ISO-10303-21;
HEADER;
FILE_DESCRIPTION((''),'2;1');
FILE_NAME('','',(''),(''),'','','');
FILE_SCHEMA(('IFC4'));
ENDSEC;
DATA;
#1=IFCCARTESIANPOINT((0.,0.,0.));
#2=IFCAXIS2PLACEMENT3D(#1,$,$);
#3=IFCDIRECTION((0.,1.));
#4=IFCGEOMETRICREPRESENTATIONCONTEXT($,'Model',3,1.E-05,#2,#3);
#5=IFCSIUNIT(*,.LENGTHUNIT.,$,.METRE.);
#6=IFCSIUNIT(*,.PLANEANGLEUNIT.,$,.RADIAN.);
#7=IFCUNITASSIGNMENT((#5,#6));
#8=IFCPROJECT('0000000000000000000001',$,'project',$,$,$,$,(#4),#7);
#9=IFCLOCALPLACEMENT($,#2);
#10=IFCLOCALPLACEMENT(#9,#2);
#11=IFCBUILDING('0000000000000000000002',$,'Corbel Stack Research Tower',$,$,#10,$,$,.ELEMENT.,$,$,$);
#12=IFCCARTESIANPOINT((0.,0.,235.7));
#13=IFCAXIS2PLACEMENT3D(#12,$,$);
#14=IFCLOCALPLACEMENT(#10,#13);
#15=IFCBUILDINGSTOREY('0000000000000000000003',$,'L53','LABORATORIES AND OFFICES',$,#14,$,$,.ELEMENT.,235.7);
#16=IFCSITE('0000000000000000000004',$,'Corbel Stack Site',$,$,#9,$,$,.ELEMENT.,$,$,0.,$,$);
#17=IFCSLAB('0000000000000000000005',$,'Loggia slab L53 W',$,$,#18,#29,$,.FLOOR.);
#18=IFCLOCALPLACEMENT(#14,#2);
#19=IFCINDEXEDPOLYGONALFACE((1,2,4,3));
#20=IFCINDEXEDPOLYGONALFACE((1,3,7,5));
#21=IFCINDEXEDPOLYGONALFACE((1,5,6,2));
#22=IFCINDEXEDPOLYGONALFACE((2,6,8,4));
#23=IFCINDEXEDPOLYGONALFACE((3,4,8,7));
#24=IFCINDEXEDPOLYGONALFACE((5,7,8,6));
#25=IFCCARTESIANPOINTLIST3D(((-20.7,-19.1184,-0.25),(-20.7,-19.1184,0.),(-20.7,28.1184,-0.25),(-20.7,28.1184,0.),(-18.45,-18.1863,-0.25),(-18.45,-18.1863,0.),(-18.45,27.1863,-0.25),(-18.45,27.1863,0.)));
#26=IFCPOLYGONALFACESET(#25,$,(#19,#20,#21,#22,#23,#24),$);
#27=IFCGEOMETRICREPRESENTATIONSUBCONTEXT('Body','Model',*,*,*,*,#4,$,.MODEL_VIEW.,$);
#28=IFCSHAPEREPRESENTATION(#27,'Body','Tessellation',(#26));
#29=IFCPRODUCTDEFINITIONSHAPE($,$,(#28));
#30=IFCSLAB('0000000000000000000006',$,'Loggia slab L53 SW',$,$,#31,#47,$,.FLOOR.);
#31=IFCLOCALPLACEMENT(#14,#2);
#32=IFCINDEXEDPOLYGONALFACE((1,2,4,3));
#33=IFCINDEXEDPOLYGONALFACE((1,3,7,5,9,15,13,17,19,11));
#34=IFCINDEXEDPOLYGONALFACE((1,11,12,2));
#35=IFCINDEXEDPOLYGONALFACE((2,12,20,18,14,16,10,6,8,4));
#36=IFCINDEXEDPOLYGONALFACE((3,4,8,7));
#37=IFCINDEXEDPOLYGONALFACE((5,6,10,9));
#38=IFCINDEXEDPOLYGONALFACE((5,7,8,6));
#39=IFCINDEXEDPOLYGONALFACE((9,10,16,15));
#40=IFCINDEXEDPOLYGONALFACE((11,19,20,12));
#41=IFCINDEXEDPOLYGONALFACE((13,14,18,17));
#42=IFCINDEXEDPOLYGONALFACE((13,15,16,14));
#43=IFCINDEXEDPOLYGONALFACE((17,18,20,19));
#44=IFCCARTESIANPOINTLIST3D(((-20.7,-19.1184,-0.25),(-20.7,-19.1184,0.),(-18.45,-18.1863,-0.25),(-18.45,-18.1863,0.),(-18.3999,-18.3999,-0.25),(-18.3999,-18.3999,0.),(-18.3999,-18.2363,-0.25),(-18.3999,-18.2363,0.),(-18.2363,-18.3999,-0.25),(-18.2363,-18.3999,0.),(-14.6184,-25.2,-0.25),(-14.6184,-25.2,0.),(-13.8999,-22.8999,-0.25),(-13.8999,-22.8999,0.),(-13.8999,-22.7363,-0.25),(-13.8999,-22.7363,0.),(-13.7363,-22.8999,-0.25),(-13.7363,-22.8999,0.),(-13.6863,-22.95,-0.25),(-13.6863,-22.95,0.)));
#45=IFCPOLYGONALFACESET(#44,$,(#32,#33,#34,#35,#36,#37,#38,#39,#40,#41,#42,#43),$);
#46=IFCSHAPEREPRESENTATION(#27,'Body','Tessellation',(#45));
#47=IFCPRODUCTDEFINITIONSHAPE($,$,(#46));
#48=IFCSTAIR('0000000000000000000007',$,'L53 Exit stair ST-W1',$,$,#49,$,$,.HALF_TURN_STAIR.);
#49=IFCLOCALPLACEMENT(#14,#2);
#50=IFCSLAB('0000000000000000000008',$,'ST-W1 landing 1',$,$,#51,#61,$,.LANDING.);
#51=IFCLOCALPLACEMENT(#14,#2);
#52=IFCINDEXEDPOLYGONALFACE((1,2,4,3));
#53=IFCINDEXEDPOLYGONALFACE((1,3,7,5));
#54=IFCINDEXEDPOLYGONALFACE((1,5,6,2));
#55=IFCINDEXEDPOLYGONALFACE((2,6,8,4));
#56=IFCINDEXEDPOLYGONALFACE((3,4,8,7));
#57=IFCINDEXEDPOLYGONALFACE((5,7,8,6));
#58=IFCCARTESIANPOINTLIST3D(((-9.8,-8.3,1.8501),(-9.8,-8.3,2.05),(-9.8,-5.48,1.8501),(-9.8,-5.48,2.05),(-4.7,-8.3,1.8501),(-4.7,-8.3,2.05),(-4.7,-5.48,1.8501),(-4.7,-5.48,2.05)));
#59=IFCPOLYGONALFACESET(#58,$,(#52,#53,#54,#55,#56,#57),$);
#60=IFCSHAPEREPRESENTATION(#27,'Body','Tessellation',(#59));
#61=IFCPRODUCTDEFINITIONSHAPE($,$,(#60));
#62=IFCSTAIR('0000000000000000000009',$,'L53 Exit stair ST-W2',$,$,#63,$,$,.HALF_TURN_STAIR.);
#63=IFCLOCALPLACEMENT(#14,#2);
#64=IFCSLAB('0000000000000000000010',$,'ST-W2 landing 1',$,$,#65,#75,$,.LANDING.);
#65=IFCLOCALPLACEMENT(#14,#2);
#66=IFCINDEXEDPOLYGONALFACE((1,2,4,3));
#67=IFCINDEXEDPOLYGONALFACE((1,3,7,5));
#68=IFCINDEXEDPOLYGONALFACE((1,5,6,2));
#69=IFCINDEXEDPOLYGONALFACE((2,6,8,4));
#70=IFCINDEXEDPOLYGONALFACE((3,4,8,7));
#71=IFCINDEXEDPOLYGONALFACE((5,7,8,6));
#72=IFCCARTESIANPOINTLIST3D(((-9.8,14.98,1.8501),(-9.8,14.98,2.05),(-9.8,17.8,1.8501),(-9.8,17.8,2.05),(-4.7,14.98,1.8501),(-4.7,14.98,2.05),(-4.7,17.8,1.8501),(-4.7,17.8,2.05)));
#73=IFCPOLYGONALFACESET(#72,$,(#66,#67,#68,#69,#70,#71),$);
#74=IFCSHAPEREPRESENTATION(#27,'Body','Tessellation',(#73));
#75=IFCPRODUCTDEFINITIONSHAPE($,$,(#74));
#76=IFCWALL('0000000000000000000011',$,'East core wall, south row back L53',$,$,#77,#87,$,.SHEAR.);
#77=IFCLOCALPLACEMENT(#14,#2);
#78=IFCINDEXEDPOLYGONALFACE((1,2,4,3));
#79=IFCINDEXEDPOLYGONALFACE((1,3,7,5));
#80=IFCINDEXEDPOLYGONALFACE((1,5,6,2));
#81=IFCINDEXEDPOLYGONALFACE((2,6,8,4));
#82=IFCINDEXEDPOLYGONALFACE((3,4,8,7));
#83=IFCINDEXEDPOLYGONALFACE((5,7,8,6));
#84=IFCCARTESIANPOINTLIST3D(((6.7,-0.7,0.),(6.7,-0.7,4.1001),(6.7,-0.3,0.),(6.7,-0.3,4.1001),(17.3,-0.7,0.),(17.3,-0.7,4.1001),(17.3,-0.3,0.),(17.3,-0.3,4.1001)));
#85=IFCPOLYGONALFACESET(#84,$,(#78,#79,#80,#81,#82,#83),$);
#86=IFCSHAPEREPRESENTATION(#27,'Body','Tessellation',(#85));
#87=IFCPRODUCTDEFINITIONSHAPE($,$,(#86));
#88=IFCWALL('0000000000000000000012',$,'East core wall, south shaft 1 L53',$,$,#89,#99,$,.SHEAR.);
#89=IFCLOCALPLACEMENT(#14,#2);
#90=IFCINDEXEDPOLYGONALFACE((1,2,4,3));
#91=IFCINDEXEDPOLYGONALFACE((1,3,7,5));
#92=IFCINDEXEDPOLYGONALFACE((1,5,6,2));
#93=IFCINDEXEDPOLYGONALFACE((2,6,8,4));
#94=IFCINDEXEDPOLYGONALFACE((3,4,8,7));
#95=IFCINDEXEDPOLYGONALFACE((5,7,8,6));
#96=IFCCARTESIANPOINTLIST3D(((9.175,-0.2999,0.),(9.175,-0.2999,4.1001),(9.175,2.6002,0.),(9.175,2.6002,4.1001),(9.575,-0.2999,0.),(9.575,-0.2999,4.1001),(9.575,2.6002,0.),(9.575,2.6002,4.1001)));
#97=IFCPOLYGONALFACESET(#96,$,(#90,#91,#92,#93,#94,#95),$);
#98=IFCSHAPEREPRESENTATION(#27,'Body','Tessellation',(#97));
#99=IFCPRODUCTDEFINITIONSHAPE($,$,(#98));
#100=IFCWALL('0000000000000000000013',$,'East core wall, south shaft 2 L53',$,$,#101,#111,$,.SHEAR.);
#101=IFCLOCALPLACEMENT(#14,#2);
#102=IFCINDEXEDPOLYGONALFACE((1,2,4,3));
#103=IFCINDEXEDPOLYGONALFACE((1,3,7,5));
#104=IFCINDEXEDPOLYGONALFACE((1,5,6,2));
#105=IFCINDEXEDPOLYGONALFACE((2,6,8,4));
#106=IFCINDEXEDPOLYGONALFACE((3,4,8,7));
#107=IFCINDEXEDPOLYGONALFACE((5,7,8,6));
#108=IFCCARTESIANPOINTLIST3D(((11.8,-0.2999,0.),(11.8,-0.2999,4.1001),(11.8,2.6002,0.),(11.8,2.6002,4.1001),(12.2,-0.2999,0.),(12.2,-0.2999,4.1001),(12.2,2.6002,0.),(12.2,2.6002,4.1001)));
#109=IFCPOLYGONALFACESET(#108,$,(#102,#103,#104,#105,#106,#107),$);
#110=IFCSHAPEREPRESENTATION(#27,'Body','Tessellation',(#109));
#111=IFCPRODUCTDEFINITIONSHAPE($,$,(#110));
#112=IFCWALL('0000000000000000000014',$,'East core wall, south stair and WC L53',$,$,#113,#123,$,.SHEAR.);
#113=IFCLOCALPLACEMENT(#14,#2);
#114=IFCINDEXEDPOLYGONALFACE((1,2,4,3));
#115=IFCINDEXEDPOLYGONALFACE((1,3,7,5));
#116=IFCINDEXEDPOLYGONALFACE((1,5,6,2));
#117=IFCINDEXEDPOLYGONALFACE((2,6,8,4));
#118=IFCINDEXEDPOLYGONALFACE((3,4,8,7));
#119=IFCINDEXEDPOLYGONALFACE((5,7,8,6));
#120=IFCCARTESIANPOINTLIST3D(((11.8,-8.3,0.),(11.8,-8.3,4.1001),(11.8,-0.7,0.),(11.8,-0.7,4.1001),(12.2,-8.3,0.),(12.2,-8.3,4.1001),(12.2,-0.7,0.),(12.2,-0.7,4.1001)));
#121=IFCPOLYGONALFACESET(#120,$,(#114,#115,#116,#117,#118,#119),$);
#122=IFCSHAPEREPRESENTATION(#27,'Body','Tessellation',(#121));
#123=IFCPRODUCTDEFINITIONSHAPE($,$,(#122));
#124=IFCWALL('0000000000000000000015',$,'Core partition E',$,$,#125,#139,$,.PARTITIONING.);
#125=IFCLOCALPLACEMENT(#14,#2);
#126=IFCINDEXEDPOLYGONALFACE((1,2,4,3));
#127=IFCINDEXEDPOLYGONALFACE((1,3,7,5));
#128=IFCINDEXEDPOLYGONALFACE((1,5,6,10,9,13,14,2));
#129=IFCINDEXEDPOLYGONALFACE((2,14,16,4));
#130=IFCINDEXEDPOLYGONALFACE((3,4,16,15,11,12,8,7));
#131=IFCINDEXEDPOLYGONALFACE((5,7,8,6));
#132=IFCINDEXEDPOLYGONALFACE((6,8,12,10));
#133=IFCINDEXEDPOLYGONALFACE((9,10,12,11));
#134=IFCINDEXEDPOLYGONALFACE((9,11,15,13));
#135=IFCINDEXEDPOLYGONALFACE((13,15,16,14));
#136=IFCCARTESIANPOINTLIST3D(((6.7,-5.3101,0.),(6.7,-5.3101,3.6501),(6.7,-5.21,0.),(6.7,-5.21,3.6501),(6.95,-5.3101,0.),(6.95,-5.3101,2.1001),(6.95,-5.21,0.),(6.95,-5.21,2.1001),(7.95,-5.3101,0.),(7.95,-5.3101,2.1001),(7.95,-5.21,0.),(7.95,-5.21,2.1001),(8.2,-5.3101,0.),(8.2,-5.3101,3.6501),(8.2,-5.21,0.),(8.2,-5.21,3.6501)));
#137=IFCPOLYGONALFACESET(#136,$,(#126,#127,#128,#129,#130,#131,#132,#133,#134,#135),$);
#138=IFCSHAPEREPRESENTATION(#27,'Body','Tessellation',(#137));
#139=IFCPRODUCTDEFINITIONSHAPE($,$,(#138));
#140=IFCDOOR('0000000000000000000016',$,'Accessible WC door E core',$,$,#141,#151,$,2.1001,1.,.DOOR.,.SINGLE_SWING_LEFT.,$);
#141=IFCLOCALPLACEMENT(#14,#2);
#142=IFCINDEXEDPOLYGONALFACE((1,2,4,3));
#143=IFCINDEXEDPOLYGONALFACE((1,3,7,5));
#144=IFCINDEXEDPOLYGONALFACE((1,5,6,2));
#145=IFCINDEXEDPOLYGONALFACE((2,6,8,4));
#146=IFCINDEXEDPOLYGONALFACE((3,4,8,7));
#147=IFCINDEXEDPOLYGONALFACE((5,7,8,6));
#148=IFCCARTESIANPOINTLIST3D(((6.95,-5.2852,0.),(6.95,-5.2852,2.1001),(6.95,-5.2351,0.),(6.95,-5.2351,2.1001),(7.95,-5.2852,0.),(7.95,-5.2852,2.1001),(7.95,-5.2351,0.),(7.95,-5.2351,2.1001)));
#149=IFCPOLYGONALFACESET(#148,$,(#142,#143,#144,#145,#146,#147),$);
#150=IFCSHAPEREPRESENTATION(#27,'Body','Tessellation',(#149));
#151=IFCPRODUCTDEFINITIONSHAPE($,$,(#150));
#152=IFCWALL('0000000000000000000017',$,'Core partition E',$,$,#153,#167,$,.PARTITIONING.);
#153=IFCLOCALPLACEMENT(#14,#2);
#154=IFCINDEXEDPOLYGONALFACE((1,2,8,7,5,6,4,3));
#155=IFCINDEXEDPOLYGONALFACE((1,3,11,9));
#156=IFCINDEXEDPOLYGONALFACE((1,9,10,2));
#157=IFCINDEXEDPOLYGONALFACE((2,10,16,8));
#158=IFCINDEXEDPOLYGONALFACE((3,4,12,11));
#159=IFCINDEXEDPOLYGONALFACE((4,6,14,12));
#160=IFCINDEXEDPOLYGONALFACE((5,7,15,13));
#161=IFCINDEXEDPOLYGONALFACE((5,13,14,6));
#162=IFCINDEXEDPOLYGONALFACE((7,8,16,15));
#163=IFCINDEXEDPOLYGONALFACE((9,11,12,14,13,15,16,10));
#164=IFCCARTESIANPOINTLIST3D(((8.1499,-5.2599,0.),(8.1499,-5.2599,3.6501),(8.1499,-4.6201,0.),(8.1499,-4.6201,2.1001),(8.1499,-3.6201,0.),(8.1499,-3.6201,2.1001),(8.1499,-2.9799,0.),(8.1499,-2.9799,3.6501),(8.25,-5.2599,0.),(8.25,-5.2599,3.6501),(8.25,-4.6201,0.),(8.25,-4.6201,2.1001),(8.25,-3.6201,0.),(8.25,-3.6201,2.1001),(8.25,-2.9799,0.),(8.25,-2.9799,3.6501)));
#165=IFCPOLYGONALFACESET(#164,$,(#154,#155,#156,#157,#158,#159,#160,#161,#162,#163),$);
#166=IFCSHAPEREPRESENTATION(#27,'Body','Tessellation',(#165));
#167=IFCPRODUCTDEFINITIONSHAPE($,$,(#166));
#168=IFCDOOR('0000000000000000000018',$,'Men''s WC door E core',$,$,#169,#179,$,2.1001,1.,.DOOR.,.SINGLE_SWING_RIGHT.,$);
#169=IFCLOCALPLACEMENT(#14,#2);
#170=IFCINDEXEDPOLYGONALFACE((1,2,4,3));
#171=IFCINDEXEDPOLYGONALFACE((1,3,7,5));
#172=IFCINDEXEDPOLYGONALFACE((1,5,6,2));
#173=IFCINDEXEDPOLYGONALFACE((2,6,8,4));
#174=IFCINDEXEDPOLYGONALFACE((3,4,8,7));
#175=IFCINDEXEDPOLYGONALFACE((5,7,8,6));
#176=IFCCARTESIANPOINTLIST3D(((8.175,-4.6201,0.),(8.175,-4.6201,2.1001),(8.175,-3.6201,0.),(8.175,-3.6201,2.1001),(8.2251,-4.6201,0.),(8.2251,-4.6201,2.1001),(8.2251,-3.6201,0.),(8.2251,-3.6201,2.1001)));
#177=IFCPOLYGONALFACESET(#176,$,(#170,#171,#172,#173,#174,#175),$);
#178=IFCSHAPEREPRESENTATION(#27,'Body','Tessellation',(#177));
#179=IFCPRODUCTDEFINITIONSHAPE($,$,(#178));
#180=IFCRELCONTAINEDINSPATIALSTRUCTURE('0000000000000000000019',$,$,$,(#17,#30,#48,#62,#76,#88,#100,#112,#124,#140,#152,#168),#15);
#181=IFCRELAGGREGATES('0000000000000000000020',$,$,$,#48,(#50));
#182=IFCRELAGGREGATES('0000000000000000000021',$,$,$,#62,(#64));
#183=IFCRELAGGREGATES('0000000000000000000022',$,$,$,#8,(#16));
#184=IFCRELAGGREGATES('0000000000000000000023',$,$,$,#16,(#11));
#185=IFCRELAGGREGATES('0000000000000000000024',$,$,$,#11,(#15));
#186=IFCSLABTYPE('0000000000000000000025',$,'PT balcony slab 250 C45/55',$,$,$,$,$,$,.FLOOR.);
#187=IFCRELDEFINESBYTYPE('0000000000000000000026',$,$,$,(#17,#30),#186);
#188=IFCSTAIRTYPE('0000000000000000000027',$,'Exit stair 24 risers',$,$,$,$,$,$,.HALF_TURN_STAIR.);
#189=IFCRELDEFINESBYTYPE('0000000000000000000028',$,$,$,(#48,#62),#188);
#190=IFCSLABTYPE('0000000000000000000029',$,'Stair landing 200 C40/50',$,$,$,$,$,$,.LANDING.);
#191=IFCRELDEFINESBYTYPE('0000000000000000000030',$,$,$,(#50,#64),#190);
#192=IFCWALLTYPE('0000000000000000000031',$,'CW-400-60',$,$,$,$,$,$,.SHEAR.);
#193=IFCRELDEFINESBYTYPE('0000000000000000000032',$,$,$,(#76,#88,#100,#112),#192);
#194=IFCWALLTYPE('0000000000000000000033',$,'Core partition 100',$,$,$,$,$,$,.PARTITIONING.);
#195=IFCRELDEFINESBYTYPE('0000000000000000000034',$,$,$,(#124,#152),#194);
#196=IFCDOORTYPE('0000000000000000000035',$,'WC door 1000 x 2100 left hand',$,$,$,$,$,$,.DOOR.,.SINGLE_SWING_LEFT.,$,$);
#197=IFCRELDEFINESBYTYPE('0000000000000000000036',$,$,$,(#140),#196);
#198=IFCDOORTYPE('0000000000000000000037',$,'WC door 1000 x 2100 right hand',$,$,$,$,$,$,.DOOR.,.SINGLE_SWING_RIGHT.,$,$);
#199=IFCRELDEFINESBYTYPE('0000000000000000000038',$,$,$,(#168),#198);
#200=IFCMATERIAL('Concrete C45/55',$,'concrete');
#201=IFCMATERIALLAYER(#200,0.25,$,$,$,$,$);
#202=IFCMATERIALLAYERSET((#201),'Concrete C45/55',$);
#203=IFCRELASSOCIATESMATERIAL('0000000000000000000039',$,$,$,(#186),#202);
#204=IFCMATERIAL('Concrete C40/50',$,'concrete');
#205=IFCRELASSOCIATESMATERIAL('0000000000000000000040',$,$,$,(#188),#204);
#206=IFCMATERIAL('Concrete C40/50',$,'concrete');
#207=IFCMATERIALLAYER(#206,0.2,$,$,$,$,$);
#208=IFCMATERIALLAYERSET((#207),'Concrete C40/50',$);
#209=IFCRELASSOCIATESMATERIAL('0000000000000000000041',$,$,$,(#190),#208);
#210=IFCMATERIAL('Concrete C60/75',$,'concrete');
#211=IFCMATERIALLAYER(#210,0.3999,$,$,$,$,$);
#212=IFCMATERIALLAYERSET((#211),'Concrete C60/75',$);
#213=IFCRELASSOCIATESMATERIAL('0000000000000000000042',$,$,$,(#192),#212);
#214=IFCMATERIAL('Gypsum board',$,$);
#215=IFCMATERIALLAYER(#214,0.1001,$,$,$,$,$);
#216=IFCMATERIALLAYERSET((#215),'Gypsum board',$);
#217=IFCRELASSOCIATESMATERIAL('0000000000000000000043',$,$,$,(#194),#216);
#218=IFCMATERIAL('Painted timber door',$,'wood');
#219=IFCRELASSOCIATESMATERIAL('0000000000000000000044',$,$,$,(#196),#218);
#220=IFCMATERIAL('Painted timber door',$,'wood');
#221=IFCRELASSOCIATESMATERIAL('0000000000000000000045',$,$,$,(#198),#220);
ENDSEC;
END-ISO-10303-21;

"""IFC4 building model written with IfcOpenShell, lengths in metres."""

from ifc_helpers import new_model, si_unit, direction, frame, frame_2d, origin, place, context, subcontext, project, spatial, polyline, rectangle, outline, extrude, material, layer, layer_set, type_object, element, fill, aggregate, save


model = new_model("IFC4")

# Units and contexts
model_context = context("Model", 3, precision=1e-05, world=origin(), true_north=direction((0.0, 1.0)))
body_context = subcontext(model_context, "Body", "Model", "MODEL_VIEW")
ifc_project = project(units=[si_unit("LENGTHUNIT", "METRE"), si_unit("PLANEANGLEUNIT", "RADIAN")], contexts=[model_context])

# Site, building, storey
site_placement = place(None, origin())
site = spatial("IfcSite", under=ifc_project, at=site_placement, Name="Corbel Stack Site", CompositionType="ELEMENT", RefElevation=0.0)
building_placement = place(site_placement, origin())
building = spatial("IfcBuilding", under=site, at=building_placement, Name="Corbel Stack Research Tower", CompositionType="ELEMENT")
storey_placement = place(building_placement, frame((0.0, 0.0, 235.7)))
storey = spatial("IfcBuildingStorey", under=building, at=storey_placement, Name="L53", Description="LABORATORIES AND OFFICES", CompositionType="ELEMENT", Elevation=235.7)

# Slabs
ifc_material_1 = material(Name="Concrete C45/55", Category="concrete")
ifc_layer_1 = layer(ifc_material_1, 0.25)
ifc_layer_set_1 = layer_set([ifc_layer_1], Name="Concrete C45/55")
slab_type_1 = type_object("IfcSlabType", Name="PT balcony slab 250 C45/55", PredefinedType="FLOOR", material=ifc_layer_set_1)
slab_1_placement = place(storey_placement, frame((0.0, 0.0, -0.25)))
element("IfcSlab", 1, at=slab_1_placement, inside=storey, type_object=slab_type_1, Name="Loggia slab L53 W", PredefinedType="FLOOR", context=body_context, shape_type="SweptSolid", body=[
    extrude(outline(polyline([(-18.45, -18.1863), (-18.45, 27.1863), (-20.7, 28.1184), (-20.7, -19.1184), (-18.45, -18.1863)])), origin(), (0.0, 0.0, 1.0), 0.25),
])
slab_2_placement = place(storey_placement, frame((0.0, 0.0, -0.25)))
element("IfcSlab", 2, at=slab_2_placement, inside=storey, type_object=slab_type_1, Name="Loggia slab L53 SW", PredefinedType="FLOOR", context=body_context, shape_type="SweptSolid", body=[
    extrude(outline(polyline([(-13.6863, -22.95), (-13.7363, -22.8999), (-13.8999, -22.8999), (-13.8999, -22.7363), (-18.2363, -18.3999), (-18.3999, -18.3999), (-18.3999, -18.2363), (-18.45, -18.1863), (-20.7, -19.1184), (-14.6184, -25.2), (-13.6863, -22.95)])), origin(), (0.0, 0.0, 1.0), 0.25),
])

# Stairs, slabs
ifc_material_2 = material(Name="Concrete C40/50", Category="concrete")
stair_type = type_object("IfcStairType", Name="Exit stair 24 risers", PredefinedType="HALF_TURN_STAIR", material=ifc_material_2)
stair_1_placement = place(storey_placement, origin())
stair_1 = element("IfcStair", 3, at=stair_1_placement, inside=storey, type_object=stair_type, Name="L53 Exit stair ST-W1", PredefinedType="HALF_TURN_STAIR")
ifc_material_3 = material(Name="Concrete C40/50", Category="concrete")
ifc_layer_2 = layer(ifc_material_3, 0.2)
ifc_layer_set_2 = layer_set([ifc_layer_2], Name="Concrete C40/50")
slab_type_2 = type_object("IfcSlabType", Name="Stair landing 200 C40/50", PredefinedType="LANDING", material=ifc_layer_set_2)
slab_3_placement = place(storey_placement, frame((0.0, 0.0, 1.8501)))
slab_3 = element("IfcSlab", 4, at=slab_3_placement, type_object=slab_type_2, Name="ST-W1 landing 1", PredefinedType="LANDING", context=body_context, shape_type="SweptSolid", body=[
    extrude(outline(polyline([(-9.8, -8.3), (-9.8, -5.48), (-4.7, -5.48), (-4.7, -8.3), (-9.8, -8.3)])), origin(), (0.0, 0.0, 1.0), 0.2),
])
aggregate(stair_1, [slab_3])
stair_2_placement = place(storey_placement, origin())
stair_2 = element("IfcStair", 5, at=stair_2_placement, inside=storey, type_object=stair_type, Name="L53 Exit stair ST-W2", PredefinedType="HALF_TURN_STAIR")
slab_4_placement = place(storey_placement, frame((0.0, 0.0, 1.8501)))
slab_4 = element("IfcSlab", 6, at=slab_4_placement, type_object=slab_type_2, Name="ST-W2 landing 1", PredefinedType="LANDING", context=body_context, shape_type="SweptSolid", body=[
    extrude(outline(polyline([(-9.8, 14.98), (-9.8, 17.8), (-4.7, 17.8), (-4.7, 14.98), (-9.8, 14.98)])), origin(), (0.0, 0.0, 1.0), 0.2),
])
aggregate(stair_2, [slab_4])

# Walls
ifc_material_4 = material(Name="Concrete C60/75", Category="concrete")
ifc_layer_3 = layer(ifc_material_4, 0.3999)
ifc_layer_set_3 = layer_set([ifc_layer_3], Name="Concrete C60/75")
wall_type_1 = type_object("IfcWallType", Name="CW-400-60", PredefinedType="SHEAR", material=ifc_layer_set_3)
wall_1_placement = place(storey_placement, frame((6.7, -0.5, 0.0), z_axis=(0.0, 0.0, 1.0), x_axis=(1.0, 0.0, 0.0)))
element("IfcWall", 7, at=wall_1_placement, inside=storey, type_object=wall_type_1, Name="East core wall, south row back L53", PredefinedType="SHEAR", context=body_context, shape_type="SweptSolid", body=[
    extrude(rectangle(XDim=10.6001, YDim=0.3999, at=frame_2d((5.3, 0.0))), origin(), (0.0, 0.0, 1.0), 4.1001),
])
for number, where, z_axis, x_axis, name in (
    (8, (9.375, -0.3, 0.0), (0.0, 0.0, 1.0), (0.0, 1.0, 0.0), "East core wall, south shaft 1 L53"),
    (9, (12.0, -0.3, 0.0), (0.0, 0.0, 1.0), (0.0, 1.0, 0.0), "East core wall, south shaft 2 L53"),
):
    element("IfcWall", number, at=place(storey_placement, frame(where, z_axis=z_axis, x_axis=x_axis)), inside=storey, type_object=wall_type_1, Name=name, PredefinedType="SHEAR", context=body_context, shape_type="SweptSolid", body=[
        extrude(rectangle(XDim=2.9001, YDim=0.3999, at=frame_2d((1.4502, 0.0))), origin(), (0.0, 0.0, 1.0), 4.1001),
    ])
wall_2_placement = place(storey_placement, frame((12.0, -8.3, 0.0), z_axis=(0.0, 0.0, 1.0), x_axis=(0.0, 1.0, 0.0)))
element("IfcWall", 10, at=wall_2_placement, inside=storey, type_object=wall_type_1, Name="East core wall, south stair and WC L53", PredefinedType="SHEAR", context=body_context, shape_type="SweptSolid", body=[
    extrude(rectangle(XDim=7.6001, YDim=0.3999, at=frame_2d((3.8, 0.0))), origin(), (0.0, 0.0, 1.0), 4.1001),
])

# Walls, openings, doors
ifc_material_5 = material(Name="Gypsum board")
ifc_layer_4 = layer(ifc_material_5, 0.1001)
ifc_layer_set_4 = layer_set([ifc_layer_4], Name="Gypsum board")
wall_type_2 = type_object("IfcWallType", Name="Core partition 100", PredefinedType="PARTITIONING", material=ifc_layer_set_4)
wall_3_placement = place(storey_placement, frame((6.7, -5.26, 0.0), z_axis=(0.0, 0.0, 1.0), x_axis=(1.0, 0.0, 0.0)))
wall_3 = element("IfcWall", 11, at=wall_3_placement, inside=storey, type_object=wall_type_2, Name="Core partition E", PredefinedType="PARTITIONING", context=body_context, shape_type="SweptSolid", body=[
    extrude(rectangle(XDim=1.5, YDim=0.1001, at=frame_2d((0.75, 0.0))), origin(), (0.0, 0.0, 1.0), 3.6501),
])
opening_1_placement = place(wall_3_placement, frame((0.25, 0.0, 0.0)))
opening_1 = element("IfcOpeningElement", 12, at=opening_1_placement, cuts=wall_3, PredefinedType="OPENING", context=body_context, shape_type="SweptSolid", body=[
    extrude(rectangle(XDim=1.0, YDim=2.1001, at=frame_2d((0.5, 1.05))), frame((0.0, 0.0601, 0.0), z_axis=(0.0, -1.0, 0.0), x_axis=(1.0, 0.0, 0.0)), (0.0, 0.0, 1.0), 0.1201),
])
ifc_material_6 = material(Name="Painted timber door", Category="wood")
door_type_1 = type_object("IfcDoorType", Name="WC door 1000 x 2100 left hand", OperationType="SINGLE_SWING_LEFT", PredefinedType="DOOR", material=ifc_material_6)
door_1_placement = place(opening_1_placement, origin())
door_1 = element("IfcDoor", 13, at=door_1_placement, inside=storey, type_object=door_type_1, Name="Accessible WC door E core", OperationType="SINGLE_SWING_LEFT", OverallHeight=2.1001, OverallWidth=1.0, PredefinedType="DOOR", context=body_context, shape_type="SweptSolid", body=[
    extrude(rectangle(XDim=1.0, YDim=2.1001, at=frame_2d((0.5, 1.05))), frame((0.0, 0.0249, 0.0), z_axis=(0.0, -1.0, 0.0), x_axis=(1.0, 0.0, 0.0)), (0.0, 0.0, 1.0), 0.05),
])
fill(opening_1, door_1)
wall_4_placement = place(storey_placement, frame((8.2, -5.26, 0.0), z_axis=(0.0, 0.0, 1.0), x_axis=(0.0, 1.0, 0.0)))
wall_4 = element("IfcWall", 14, at=wall_4_placement, inside=storey, type_object=wall_type_2, Name="Core partition E", PredefinedType="PARTITIONING", context=body_context, shape_type="SweptSolid", body=[
    extrude(rectangle(XDim=2.28, YDim=0.1001, at=frame_2d((1.1401, 0.0))), origin(), (0.0, 0.0, 1.0), 3.6501),
])
opening_2_placement = place(wall_4_placement, frame((0.6399, 0.0, 0.0)))
opening_2 = element("IfcOpeningElement", 15, at=opening_2_placement, cuts=wall_4, PredefinedType="OPENING", context=body_context, shape_type="SweptSolid", body=[
    extrude(rectangle(XDim=1.0, YDim=2.1001, at=frame_2d((0.5, 1.05))), frame((0.0, 0.0601, 0.0), z_axis=(0.0, -1.0, 0.0), x_axis=(1.0, 0.0, 0.0)), (0.0, 0.0, 1.0), 0.1201),
])
ifc_material_7 = material(Name="Painted timber door", Category="wood")
door_type_2 = type_object("IfcDoorType", Name="WC door 1000 x 2100 right hand", OperationType="SINGLE_SWING_RIGHT", PredefinedType="DOOR", material=ifc_material_7)
door_2_placement = place(opening_2_placement, origin())
door_2 = element("IfcDoor", 16, at=door_2_placement, inside=storey, type_object=door_type_2, Name="Men's WC door E core", OperationType="SINGLE_SWING_RIGHT", OverallHeight=2.1001, OverallWidth=1.0, PredefinedType="DOOR", context=body_context, shape_type="SweptSolid", body=[
    extrude(rectangle(XDim=1.0, YDim=2.1001, at=frame_2d((0.5, 1.05))), frame((0.0, 0.0249, 0.0), z_axis=(0.0, -1.0, 0.0), x_axis=(1.0, 0.0, 0.0)), (0.0, 0.0, 1.0), 0.05),
])
fill(opening_2, door_2)

save(model, "model.ifc")
